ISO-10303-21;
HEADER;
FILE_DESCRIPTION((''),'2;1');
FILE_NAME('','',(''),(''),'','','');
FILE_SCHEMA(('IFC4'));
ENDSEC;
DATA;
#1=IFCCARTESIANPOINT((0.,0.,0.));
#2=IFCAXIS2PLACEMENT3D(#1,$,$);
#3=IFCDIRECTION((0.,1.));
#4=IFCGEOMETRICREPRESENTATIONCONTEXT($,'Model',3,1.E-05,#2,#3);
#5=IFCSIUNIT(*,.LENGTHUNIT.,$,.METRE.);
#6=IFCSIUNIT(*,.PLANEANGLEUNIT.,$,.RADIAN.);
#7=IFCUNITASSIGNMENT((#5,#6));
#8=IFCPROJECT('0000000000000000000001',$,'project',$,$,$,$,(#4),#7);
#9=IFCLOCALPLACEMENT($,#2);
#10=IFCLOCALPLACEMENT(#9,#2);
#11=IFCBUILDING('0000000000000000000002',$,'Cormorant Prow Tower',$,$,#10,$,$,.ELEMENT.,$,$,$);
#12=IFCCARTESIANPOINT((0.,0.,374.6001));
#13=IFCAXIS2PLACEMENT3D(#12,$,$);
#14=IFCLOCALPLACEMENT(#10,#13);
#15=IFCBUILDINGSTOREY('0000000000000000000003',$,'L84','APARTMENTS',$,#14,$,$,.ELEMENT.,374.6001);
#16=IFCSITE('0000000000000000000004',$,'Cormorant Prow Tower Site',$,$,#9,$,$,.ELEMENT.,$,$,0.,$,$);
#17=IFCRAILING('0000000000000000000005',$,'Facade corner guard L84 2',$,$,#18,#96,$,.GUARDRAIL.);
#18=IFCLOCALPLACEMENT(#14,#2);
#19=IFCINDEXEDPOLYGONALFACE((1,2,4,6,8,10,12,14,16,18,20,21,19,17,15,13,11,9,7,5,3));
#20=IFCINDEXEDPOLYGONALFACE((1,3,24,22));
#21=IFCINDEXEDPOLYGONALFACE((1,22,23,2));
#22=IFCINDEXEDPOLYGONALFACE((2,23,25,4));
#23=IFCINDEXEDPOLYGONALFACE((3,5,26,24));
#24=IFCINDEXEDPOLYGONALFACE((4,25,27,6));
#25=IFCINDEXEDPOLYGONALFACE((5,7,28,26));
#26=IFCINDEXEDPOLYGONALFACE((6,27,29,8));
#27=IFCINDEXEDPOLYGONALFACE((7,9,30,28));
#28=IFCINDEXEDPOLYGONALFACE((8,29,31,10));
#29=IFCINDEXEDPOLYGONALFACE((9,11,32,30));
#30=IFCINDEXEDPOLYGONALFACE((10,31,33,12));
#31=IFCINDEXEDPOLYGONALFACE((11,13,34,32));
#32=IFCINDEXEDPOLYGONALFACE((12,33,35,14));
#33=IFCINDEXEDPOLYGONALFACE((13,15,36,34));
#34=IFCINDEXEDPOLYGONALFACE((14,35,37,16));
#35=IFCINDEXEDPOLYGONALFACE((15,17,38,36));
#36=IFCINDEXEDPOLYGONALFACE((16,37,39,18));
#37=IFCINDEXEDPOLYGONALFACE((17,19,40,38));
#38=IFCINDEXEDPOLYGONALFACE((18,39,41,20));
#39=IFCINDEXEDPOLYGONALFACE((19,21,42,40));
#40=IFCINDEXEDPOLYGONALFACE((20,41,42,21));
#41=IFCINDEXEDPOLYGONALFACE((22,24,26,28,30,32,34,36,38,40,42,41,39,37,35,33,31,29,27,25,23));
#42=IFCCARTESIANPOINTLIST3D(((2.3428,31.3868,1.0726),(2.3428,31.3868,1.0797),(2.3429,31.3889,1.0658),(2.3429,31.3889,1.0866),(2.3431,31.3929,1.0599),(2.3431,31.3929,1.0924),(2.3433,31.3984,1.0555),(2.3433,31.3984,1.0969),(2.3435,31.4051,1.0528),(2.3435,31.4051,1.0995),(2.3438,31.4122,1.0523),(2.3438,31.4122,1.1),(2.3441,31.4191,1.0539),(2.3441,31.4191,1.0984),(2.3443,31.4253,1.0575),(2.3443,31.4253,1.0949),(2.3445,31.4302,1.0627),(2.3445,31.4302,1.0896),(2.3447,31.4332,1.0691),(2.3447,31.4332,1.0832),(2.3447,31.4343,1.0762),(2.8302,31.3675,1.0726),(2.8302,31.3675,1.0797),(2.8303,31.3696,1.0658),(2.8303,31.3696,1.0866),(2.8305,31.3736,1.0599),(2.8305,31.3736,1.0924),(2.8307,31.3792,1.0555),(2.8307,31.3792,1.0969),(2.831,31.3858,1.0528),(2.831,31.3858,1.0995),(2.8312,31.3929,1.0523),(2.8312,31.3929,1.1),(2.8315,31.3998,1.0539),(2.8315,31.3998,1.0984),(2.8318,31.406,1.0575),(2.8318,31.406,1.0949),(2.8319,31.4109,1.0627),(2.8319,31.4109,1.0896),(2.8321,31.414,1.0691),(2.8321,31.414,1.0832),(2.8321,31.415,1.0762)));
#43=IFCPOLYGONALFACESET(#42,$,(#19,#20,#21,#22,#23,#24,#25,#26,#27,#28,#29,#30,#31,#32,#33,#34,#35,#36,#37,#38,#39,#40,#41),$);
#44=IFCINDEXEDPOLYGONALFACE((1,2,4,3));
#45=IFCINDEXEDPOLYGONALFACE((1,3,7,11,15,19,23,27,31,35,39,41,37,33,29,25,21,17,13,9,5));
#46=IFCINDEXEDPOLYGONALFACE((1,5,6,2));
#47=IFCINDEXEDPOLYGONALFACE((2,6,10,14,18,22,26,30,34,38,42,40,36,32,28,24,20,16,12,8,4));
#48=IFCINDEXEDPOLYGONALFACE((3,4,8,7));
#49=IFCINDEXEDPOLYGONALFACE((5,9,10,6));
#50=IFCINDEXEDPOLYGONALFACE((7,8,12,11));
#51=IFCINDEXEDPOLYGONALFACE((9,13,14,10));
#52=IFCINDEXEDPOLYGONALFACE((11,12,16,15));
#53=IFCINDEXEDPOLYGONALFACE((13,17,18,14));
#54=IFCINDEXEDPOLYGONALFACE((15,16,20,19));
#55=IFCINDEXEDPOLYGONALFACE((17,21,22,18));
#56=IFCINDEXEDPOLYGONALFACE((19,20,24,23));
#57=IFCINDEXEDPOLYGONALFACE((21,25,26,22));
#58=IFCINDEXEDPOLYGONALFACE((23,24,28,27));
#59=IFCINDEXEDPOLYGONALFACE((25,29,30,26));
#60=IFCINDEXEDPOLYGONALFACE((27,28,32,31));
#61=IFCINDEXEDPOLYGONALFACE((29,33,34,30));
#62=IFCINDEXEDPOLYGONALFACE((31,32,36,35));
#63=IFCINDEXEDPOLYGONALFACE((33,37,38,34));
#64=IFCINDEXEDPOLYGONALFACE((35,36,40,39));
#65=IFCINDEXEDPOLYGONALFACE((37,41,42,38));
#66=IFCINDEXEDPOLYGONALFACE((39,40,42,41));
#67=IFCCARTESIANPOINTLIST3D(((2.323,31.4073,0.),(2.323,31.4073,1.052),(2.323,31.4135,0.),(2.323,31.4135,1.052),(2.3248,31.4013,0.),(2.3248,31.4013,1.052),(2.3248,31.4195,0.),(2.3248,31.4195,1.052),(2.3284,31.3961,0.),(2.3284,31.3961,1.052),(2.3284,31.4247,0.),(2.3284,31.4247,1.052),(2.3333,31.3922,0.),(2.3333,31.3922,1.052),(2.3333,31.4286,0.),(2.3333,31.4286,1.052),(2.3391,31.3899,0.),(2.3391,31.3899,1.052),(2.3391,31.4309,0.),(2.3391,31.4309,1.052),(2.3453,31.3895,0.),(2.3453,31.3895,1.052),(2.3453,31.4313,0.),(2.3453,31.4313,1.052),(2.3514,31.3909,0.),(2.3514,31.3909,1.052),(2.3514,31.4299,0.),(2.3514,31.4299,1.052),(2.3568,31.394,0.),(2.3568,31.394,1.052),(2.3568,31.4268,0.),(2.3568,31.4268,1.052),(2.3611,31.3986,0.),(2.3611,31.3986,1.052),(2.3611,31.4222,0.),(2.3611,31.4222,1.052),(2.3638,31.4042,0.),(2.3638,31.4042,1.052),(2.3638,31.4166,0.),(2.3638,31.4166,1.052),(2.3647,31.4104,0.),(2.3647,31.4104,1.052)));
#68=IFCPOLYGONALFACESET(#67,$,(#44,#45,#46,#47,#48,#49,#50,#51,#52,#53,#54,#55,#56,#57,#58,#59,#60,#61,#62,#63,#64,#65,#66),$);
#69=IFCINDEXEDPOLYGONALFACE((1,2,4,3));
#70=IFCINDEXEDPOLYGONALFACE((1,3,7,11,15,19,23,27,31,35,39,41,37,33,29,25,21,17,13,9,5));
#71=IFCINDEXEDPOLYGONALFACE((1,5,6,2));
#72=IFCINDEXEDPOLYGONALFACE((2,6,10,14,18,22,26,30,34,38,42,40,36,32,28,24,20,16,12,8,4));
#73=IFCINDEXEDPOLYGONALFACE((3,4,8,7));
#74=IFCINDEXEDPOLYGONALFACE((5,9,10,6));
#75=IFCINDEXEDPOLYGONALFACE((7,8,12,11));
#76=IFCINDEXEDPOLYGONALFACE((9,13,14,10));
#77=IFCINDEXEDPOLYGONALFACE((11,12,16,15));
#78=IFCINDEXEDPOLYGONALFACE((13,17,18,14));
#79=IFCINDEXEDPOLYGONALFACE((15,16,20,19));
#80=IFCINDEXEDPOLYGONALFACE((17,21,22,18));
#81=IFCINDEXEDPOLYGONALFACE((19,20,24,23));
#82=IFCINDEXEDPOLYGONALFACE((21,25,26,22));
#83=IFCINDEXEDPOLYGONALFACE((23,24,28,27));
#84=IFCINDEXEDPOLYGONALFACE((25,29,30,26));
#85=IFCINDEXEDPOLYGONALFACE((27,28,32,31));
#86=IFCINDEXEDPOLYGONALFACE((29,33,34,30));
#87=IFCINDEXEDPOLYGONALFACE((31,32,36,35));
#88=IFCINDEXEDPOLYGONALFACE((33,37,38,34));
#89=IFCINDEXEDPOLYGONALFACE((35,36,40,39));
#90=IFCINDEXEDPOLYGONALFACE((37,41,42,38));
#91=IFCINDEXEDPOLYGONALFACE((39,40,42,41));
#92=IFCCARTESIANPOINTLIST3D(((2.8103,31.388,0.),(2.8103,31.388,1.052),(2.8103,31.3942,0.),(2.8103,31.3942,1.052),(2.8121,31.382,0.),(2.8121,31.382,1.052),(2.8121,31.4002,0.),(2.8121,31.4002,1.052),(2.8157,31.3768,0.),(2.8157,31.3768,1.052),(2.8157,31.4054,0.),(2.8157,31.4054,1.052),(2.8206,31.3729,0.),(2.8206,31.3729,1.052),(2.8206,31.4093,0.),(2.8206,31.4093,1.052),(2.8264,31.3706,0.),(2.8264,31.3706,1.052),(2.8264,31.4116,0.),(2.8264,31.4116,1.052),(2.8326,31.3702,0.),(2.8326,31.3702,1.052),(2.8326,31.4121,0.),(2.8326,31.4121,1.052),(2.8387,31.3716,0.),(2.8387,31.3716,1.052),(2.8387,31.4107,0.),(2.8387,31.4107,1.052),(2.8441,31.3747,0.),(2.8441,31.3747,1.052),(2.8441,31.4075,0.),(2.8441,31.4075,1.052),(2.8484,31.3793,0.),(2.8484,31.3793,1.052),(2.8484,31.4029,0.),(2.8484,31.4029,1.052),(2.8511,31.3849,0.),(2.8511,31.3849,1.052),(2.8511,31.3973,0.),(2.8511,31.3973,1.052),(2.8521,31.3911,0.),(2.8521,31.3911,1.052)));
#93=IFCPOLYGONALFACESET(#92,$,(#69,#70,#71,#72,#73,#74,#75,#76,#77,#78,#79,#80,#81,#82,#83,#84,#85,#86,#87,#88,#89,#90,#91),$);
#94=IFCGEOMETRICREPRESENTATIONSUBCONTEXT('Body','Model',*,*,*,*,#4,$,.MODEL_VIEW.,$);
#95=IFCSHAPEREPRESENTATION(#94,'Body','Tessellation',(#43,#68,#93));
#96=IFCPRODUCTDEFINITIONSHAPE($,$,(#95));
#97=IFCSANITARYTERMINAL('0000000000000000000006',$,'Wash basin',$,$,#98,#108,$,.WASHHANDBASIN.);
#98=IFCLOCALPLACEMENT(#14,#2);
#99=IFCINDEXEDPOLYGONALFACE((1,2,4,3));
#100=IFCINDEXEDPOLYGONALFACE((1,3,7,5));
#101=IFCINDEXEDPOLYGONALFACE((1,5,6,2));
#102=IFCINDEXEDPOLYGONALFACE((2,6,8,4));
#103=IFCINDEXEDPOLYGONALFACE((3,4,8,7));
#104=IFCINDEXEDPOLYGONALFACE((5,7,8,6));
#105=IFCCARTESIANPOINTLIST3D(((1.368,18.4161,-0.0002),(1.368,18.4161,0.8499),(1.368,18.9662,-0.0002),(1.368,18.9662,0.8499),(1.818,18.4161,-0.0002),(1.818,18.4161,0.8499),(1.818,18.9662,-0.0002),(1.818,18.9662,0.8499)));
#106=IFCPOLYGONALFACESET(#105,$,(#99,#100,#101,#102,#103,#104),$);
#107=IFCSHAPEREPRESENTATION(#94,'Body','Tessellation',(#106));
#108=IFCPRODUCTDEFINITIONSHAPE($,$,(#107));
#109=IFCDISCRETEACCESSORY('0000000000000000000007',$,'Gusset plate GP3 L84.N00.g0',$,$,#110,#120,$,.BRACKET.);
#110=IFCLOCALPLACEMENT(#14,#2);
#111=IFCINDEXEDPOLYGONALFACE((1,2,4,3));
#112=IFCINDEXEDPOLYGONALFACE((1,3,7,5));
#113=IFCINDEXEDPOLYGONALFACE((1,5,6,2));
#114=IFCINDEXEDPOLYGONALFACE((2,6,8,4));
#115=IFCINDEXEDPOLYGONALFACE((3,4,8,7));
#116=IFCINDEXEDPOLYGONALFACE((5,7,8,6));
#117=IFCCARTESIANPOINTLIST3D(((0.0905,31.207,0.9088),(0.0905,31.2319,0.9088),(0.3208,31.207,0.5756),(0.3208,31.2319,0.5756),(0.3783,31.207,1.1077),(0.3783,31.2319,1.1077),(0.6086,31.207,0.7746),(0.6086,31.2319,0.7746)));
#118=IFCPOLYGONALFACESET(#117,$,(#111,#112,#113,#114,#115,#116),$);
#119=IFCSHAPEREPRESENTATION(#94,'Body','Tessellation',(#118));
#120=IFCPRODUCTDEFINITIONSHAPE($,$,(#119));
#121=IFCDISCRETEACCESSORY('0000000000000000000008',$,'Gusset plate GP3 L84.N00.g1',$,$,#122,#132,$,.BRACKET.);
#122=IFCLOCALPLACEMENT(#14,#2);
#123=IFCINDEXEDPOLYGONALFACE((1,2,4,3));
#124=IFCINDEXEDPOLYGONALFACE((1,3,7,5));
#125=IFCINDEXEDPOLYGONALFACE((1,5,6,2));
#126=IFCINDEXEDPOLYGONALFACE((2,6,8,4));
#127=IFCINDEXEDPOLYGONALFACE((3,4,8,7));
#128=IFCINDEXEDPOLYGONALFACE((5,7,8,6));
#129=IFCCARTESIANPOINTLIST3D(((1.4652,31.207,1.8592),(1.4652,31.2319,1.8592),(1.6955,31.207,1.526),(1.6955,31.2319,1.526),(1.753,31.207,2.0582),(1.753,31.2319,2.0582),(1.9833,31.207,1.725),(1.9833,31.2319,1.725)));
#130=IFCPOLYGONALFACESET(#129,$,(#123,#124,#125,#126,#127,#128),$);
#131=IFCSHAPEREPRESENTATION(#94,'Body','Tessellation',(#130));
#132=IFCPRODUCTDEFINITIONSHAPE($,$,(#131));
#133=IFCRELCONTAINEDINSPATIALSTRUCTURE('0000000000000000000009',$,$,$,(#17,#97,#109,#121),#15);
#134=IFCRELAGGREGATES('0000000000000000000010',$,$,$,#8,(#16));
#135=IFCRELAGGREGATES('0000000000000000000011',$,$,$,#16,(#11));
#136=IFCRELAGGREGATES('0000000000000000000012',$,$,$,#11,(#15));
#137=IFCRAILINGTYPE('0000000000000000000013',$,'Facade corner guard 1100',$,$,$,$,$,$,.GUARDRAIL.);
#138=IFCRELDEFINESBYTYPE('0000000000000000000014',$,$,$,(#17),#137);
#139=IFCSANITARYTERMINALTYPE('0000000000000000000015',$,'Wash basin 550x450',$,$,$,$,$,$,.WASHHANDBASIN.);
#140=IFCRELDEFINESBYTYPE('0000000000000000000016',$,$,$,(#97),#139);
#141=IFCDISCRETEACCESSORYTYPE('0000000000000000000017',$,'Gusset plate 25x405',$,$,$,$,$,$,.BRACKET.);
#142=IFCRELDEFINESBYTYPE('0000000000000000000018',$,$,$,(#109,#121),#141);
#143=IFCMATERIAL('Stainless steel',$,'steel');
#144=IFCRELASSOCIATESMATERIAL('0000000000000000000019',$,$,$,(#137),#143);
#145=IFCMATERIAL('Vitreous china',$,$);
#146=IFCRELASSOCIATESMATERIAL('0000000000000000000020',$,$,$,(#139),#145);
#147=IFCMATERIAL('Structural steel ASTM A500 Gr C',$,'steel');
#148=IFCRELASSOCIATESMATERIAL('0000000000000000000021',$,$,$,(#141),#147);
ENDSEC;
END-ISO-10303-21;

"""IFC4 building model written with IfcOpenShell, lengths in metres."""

from ifc_helpers import new_model, si_unit, direction, frame, origin, origin_2d, place, context, subcontext, project, spatial, rectangle, circle, extrude, material, material_profile, profile_set, type_object, element, save


model = new_model("IFC4")

# Units and contexts
model_context = context("Model", 3, precision=1e-05, world=origin(), true_north=direction((0.0, 1.0)))
body_context = subcontext(model_context, "Body", "Model", "MODEL_VIEW")
ifc_project = project(units=[si_unit("LENGTHUNIT", "METRE"), si_unit("PLANEANGLEUNIT", "RADIAN")], contexts=[model_context])

# Site, building, storey
site_placement = place(None, origin())
site = spatial("IfcSite", under=ifc_project, at=site_placement, Name="Cormorant Prow Tower Site", CompositionType="ELEMENT", RefElevation=0.0)
building_placement = place(site_placement, origin())
building = spatial("IfcBuilding", under=site, at=building_placement, Name="Cormorant Prow Tower", CompositionType="ELEMENT")
storey_placement = place(building_placement, frame((0.0, 0.0, 374.6001)))
storey = spatial("IfcBuildingStorey", under=building, at=storey_placement, Name="L84", Description="APARTMENTS", CompositionType="ELEMENT", Elevation=374.6001)

# Railing
ifc_material_1 = material(Name="Stainless steel", Category="steel")
railing_type = type_object("IfcRailingType", Name="Facade corner guard 1100", PredefinedType="GUARDRAIL", material=ifc_material_1)
railing_placement = place(storey_placement, frame((2.3438, 31.4104, 0.0)))
element("IfcRailing", 1, at=railing_placement, inside=storey, type_object=railing_type, Name="Facade corner guard L84 2", PredefinedType="GUARDRAIL", context=body_context, shape_type="SweptSolid", body=[
    extrude(circle(Radius=0.0239, at=origin_2d()), frame((0.0, 0.0, 1.0762), z_axis=(0.999218, -0.039548, 0.0), x_axis=(0.039548, 0.999218, 0.0)), (0.0, 0.0, 1.0), 0.4878),
    extrude(circle(Radius=0.021, at=origin_2d()), origin(), (0.0, 0.0, 1.0), 1.052),
    extrude(circle(Radius=0.021, at=origin_2d()), frame((0.4873, -0.0193, 0.0)), (0.0, 0.0, 1.0), 1.052),
])

# Sanitary terminal
ifc_material_2 = material(Name="Vitreous china")
sanitary_terminal_type = type_object("IfcSanitaryTerminalType", Name="Wash basin 550x450", PredefinedType="WASHHANDBASIN", material=ifc_material_2)
sanitary_terminal_placement = place(storey_placement, frame((1.593, 18.6912, -0.0002), z_axis=(0.0, 0.0, 1.0), x_axis=(0.0, -1.0, 0.0)))
element("IfcSanitaryTerminal", 2, at=sanitary_terminal_placement, inside=storey, type_object=sanitary_terminal_type, Name="Wash basin", PredefinedType="WASHHANDBASIN", context=body_context, shape_type="SweptSolid", body=[
    extrude(rectangle(XDim=0.55, YDim=0.45, at=origin_2d()), origin(), (0.0, 0.0, 1.0), 0.8501),
])

# Discrete accessories
ifc_material_3 = material(Name="Structural steel ASTM A500 Gr C", Category="steel")
ifc_material_profile_1 = material_profile(ifc_material_3, rectangle(XDim=0.0249, YDim=0.405, at=origin_2d()), Name="Gusset plate 25x405")
ifc_profile_set_1 = profile_set([ifc_material_profile_1], Name="Structural steel ASTM A500 Gr C")
discrete_accessory_type = type_object("IfcDiscreteAccessoryType", Name="Gusset plate 25x405", PredefinedType="BRACKET", material=ifc_profile_set_1)
for number, where, z_axis, x_axis, name in (
    (3, (0.4934, 31.2195, 0.9412), (-0.822594, 0.0, -0.568629), (0.0, -1.0, 0.0), "Gusset plate GP3 L84.N00.g0"),
    (4, (1.5803, 31.2195, 1.6926), (0.822594, 0.0, 0.568629), (0.0, 1.0, 0.0), "Gusset plate GP3 L84.N00.g1"),
):
    element("IfcDiscreteAccessory", number, at=place(storey_placement, frame(where, z_axis=z_axis, x_axis=x_axis)), inside=storey, type_object=discrete_accessory_type, Name=name, PredefinedType="BRACKET", context=body_context, shape_type="SweptSolid", body=[
        extrude(rectangle(XDim=0.0249, YDim=0.405, at=origin_2d()), origin(), (0.0, 0.0, 1.0), 0.3499),
    ])

save(model, "model.ifc")
